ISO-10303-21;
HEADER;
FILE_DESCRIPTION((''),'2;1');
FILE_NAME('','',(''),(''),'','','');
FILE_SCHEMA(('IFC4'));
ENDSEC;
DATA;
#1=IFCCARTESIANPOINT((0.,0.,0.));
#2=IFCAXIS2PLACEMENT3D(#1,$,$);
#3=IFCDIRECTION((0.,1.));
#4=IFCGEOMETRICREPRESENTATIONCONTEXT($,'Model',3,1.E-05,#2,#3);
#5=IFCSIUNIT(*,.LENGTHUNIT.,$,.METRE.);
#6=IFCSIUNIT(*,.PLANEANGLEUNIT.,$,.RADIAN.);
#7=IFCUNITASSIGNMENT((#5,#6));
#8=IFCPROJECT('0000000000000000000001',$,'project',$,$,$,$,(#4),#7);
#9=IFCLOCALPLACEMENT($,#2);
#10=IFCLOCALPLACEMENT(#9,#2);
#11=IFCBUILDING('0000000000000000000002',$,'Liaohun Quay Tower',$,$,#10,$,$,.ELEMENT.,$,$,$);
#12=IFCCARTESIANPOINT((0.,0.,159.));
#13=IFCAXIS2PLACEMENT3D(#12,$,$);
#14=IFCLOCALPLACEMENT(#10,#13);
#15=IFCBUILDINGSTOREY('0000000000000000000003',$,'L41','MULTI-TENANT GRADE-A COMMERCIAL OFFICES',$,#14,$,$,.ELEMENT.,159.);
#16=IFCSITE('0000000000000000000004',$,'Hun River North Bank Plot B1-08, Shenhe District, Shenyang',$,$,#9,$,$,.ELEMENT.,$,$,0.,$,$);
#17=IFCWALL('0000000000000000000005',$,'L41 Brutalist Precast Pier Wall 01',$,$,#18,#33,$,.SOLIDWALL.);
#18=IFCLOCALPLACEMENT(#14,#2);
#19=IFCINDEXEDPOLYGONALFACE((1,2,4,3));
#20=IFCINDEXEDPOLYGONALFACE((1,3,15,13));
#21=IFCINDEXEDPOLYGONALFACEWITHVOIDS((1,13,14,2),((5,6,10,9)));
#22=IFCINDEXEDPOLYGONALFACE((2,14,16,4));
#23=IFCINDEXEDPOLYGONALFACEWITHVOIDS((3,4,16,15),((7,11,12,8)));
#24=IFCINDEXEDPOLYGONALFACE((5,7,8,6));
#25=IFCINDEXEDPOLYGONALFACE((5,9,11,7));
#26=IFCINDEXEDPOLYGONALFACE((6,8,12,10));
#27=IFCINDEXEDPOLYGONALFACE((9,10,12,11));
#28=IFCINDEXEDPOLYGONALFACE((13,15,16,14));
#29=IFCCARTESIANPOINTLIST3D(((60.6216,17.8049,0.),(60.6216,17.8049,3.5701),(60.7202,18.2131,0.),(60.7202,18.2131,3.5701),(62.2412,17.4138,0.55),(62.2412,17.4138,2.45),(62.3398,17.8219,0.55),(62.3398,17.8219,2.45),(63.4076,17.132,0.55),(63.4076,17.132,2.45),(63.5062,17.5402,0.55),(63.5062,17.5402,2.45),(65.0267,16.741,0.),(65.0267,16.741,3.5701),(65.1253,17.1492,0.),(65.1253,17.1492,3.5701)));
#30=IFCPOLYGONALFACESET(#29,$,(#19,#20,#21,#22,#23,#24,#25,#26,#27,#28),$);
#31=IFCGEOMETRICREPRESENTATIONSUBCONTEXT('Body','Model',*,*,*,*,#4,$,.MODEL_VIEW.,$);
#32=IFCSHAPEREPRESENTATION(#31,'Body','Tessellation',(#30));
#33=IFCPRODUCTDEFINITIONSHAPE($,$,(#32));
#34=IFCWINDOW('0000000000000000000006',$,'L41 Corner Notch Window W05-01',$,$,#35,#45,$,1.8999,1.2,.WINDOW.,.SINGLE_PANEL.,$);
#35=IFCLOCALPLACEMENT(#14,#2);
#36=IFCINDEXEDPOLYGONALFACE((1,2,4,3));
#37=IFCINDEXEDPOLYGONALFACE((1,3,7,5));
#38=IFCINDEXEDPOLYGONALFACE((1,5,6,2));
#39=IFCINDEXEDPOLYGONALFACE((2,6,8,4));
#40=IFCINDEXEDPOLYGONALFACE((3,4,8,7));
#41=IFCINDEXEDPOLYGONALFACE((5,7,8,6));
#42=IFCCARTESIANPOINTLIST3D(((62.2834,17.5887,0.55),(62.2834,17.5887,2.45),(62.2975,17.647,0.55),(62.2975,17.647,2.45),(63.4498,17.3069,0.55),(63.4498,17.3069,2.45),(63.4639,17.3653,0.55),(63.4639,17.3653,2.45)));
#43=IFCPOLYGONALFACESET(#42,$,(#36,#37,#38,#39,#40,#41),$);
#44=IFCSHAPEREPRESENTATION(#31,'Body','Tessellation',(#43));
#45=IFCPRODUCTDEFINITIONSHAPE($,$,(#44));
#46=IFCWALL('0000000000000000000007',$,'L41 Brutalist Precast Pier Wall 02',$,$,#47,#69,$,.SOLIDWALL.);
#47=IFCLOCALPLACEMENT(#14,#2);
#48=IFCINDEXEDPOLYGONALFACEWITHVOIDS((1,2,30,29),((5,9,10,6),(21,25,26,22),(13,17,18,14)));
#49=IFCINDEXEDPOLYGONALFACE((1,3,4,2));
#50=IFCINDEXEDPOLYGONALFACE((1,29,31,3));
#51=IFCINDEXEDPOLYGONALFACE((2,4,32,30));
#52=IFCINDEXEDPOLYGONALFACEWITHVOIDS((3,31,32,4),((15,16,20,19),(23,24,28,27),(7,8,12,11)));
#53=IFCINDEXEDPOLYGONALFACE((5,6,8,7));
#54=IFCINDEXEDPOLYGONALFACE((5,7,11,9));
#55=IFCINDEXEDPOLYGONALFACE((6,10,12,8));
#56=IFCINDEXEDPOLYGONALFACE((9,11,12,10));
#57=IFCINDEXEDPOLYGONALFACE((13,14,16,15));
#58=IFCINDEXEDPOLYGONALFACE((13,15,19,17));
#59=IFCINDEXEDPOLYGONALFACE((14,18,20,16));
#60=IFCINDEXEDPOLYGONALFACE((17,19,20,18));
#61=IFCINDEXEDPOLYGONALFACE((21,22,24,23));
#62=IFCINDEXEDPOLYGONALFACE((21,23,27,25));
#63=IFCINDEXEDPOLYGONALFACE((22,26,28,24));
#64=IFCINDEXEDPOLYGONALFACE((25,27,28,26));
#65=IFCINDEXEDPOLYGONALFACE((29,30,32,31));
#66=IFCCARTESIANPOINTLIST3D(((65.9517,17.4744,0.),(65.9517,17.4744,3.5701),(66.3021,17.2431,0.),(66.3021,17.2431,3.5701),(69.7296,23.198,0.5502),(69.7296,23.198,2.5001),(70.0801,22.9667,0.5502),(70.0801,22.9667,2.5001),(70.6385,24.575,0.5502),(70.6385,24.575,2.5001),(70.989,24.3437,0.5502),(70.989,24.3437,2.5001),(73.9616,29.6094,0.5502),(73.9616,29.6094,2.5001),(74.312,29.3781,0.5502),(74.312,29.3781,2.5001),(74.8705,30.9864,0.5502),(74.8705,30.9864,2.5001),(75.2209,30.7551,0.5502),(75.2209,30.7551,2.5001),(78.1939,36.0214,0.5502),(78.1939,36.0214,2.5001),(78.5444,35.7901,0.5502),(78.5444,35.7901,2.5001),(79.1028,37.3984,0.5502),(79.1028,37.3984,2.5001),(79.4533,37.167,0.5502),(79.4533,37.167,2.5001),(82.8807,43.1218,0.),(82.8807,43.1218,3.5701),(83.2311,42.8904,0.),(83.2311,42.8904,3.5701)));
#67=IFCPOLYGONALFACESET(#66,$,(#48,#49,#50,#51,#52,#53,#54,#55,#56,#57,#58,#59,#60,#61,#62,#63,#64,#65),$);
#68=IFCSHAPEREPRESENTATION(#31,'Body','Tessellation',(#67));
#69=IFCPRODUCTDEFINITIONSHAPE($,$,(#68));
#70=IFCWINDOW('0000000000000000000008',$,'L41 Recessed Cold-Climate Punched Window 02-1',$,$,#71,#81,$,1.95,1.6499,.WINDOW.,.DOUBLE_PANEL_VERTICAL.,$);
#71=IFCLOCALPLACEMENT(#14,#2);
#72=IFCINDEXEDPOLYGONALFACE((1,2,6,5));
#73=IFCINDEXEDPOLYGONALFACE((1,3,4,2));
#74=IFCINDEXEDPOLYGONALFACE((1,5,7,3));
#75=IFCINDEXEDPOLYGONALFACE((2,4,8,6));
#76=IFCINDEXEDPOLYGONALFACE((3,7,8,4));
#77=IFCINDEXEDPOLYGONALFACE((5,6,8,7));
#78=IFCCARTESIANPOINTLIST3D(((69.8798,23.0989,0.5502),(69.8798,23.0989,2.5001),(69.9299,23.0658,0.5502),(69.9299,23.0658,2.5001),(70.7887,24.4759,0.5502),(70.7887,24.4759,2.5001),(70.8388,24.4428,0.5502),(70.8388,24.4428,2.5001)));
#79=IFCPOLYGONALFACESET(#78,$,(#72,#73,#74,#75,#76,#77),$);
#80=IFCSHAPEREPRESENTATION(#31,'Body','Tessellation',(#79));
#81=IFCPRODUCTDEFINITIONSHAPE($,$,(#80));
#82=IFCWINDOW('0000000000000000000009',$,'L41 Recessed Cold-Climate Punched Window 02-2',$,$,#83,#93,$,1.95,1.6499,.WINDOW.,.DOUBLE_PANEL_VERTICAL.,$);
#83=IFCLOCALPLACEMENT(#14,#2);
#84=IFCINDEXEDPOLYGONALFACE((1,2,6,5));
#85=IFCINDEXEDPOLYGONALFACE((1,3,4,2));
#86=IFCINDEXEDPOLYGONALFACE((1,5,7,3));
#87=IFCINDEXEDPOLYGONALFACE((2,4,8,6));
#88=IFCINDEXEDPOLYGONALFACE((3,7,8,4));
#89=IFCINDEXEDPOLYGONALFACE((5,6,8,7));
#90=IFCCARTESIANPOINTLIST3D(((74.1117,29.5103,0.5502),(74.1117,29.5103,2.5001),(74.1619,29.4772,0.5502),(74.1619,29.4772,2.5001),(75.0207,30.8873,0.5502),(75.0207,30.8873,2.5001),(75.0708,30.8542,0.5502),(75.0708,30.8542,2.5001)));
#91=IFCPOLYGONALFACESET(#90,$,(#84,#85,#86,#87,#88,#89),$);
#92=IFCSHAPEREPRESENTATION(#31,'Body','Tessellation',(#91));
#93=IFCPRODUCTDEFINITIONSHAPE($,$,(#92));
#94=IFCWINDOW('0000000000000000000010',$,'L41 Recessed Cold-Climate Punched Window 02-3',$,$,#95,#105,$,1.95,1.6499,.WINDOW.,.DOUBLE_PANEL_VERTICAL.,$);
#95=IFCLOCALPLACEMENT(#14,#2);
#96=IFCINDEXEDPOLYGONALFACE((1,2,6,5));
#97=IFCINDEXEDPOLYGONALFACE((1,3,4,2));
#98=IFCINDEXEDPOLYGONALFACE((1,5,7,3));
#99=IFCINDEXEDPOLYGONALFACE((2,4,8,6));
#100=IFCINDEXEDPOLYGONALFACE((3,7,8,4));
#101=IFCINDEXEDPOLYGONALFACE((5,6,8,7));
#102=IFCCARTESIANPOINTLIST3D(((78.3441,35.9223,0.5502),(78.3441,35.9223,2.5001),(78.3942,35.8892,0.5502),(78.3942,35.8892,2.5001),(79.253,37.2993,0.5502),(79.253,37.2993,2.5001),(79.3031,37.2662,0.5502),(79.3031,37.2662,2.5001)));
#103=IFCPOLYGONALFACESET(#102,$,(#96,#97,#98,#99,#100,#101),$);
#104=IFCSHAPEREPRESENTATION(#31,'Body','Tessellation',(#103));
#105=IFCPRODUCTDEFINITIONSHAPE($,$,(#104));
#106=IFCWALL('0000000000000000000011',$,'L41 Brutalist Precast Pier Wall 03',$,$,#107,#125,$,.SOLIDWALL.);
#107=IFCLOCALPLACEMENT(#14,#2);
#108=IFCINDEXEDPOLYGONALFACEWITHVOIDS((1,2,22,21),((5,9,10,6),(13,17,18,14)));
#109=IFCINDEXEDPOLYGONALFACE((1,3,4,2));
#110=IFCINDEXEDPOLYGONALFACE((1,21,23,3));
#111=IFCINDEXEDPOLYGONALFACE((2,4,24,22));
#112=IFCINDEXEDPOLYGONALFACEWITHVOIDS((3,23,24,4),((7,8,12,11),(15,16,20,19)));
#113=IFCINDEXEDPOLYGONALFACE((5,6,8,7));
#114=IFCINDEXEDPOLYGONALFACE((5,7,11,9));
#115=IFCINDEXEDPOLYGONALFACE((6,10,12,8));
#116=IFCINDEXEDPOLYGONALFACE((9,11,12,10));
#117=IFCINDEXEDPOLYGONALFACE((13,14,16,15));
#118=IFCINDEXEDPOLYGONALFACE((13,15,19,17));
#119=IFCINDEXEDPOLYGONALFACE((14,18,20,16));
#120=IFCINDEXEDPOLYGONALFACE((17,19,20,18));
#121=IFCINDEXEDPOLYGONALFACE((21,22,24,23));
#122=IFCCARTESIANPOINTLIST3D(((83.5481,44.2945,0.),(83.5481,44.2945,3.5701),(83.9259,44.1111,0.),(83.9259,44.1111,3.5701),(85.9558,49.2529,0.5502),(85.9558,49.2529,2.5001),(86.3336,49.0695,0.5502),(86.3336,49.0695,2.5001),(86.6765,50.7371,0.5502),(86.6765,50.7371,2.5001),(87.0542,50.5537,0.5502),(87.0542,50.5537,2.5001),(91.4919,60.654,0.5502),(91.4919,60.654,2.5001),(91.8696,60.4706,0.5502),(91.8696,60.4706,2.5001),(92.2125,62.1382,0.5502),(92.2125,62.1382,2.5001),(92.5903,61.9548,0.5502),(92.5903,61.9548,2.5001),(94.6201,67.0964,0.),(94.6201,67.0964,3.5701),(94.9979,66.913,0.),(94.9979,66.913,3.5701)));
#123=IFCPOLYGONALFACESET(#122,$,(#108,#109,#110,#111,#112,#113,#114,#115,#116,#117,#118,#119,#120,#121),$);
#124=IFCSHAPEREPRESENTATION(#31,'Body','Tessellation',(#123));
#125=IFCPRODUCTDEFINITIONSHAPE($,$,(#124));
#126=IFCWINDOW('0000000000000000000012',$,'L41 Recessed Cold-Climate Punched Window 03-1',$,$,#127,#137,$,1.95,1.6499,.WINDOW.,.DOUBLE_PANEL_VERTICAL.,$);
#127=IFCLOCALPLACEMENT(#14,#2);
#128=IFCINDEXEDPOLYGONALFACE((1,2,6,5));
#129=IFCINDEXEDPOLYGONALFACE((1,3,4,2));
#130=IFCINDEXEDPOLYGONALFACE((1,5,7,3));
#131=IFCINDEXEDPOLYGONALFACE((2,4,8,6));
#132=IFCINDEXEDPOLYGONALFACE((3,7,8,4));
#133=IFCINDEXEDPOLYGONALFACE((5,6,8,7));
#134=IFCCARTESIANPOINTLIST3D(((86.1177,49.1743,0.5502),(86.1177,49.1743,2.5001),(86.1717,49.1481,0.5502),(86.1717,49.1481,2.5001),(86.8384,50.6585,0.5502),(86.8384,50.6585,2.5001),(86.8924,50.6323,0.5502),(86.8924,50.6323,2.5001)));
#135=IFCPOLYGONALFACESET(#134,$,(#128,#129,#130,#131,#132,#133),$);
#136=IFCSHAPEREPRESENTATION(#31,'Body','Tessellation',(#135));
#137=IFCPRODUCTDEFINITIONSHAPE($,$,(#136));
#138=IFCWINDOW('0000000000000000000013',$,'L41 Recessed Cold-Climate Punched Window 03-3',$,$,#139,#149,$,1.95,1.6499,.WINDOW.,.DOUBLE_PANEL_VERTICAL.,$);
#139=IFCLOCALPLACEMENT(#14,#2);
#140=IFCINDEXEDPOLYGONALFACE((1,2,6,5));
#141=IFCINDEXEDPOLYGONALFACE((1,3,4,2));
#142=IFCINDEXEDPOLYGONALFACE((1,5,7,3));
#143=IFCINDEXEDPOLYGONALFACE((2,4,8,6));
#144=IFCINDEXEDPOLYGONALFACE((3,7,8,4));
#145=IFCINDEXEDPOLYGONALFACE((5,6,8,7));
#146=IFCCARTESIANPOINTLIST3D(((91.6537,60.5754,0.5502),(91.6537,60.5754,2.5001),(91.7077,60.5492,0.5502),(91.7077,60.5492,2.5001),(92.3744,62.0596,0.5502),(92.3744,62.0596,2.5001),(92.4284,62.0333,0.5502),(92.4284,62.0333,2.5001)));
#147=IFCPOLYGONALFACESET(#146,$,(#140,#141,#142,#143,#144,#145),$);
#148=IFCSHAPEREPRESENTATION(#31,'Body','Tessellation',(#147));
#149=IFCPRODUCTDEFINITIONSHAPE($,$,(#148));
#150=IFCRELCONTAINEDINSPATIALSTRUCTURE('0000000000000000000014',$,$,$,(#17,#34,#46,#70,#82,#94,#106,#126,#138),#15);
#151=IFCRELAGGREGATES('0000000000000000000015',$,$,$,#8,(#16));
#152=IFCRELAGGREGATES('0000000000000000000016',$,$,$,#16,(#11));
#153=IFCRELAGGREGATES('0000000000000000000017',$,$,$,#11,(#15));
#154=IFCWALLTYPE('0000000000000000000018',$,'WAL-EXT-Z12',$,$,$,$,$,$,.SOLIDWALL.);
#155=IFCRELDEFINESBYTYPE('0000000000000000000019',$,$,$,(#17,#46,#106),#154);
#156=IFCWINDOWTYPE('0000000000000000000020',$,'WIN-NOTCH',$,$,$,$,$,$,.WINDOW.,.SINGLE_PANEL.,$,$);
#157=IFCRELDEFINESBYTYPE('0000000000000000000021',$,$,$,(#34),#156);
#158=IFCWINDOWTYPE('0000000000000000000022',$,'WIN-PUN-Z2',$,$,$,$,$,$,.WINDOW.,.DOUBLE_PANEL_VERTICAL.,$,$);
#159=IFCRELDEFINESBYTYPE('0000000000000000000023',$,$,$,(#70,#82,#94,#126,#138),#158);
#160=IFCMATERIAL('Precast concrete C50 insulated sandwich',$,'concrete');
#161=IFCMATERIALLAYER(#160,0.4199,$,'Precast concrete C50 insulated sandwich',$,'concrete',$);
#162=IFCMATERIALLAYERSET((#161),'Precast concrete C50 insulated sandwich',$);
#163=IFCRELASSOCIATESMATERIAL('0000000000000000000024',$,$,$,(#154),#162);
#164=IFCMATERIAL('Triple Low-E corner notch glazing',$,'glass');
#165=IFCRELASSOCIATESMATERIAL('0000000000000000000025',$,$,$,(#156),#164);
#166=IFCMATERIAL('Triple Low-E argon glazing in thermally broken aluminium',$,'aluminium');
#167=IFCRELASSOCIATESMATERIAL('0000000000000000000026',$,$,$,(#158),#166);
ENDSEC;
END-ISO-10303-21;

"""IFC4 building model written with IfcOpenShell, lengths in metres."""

from ifc_helpers import new_model, si_unit, direction, frame, frame_2d, origin, place, context, subcontext, project, spatial, rectangle, extrude, source, transform, mapped, material, layer, layer_set, type_object, element, fill, save


model = new_model("IFC4")

# Units and contexts
model_context = context("Model", 3, precision=1e-05, world=origin(), true_north=direction((0.0, 1.0)))
body_context = subcontext(model_context, "Body", "Model", "MODEL_VIEW")
ifc_project = project(units=[si_unit("LENGTHUNIT", "METRE"), si_unit("PLANEANGLEUNIT", "RADIAN")], contexts=[model_context])

# Site, building, storey
site_placement = place(None, origin())
site = spatial("IfcSite", under=ifc_project, at=site_placement, Name="Hun River North Bank Plot B1-08, Shenhe District, Shenyang", CompositionType="ELEMENT", RefElevation=0.0)
building_placement = place(site_placement, origin())
building = spatial("IfcBuilding", under=site, at=building_placement, Name="Liaohun Quay Tower", CompositionType="ELEMENT")
storey_placement = place(building_placement, frame((0.0, 0.0, 159.0)))
storey = spatial("IfcBuildingStorey", under=building, at=storey_placement, Name="L41", Description="MULTI-TENANT GRADE-A COMMERCIAL OFFICES", CompositionType="ELEMENT", Elevation=159.0)

# Wall, opening, window
ifc_material_1 = material(Name="Precast concrete C50 insulated sandwich", Category="concrete")
ifc_layer_1 = layer(ifc_material_1, 0.4199, Name="Precast concrete C50 insulated sandwich", Category="concrete")
ifc_layer_set_1 = layer_set([ifc_layer_1], Name="Precast concrete C50 insulated sandwich")
wall_type_1 = type_object("IfcWallType", Name="WAL-EXT-Z12", PredefinedType="SOLIDWALL", material=ifc_layer_set_1)
wall_1_placement = place(storey_placement, frame((60.6709, 18.009, 0.0), z_axis=(0.0, 0.0, 1.0), x_axis=(0.972048, -0.234783, 0.0)))
wall_1 = element("IfcWall", 1, at=wall_1_placement, inside=storey, type_object=wall_type_1, Name="L41 Brutalist Precast Pier Wall 01", PredefinedType="SOLIDWALL", context=body_context, shape_type="SweptSolid", body=[
    extrude(rectangle(XDim=4.5317, YDim=0.4199, at=frame_2d((2.2659, 0.0))), origin(), (0.0, 0.0, 1.0), 3.5701),
])
shared_shape_1 = source(origin(), body_context, "Body", "SweptSolid", [
    extrude(rectangle(XDim=1.2, YDim=1.8999, at=frame_2d((0.6001, 0.95))), frame((0.0, 0.22, 0.0), z_axis=(0.0, -1.0, 0.0), x_axis=(1.0, 0.0, 0.0)), (0.0, 0.0, 1.0), 0.4399),
])
opening_1_placement = place(wall_1_placement, frame((1.666, 0.0, 0.55)))
opening_1 = element("IfcOpeningElement", 2, at=opening_1_placement, cuts=wall_1, PredefinedType="OPENING", context=body_context, shape_type="MappedRepresentation", body=[
    mapped(shared_shape_1, transform((0.0, 0.0, 0.0), x_axis=(1.0, 0.0, 0.0), y_axis=(0.0, 1.0, 0.0), z_axis=(0.0, 0.0, 1.0), scale=1.0)),
])
ifc_material_2 = material(Name="Triple Low-E corner notch glazing", Category="glass")
window_type_1 = type_object("IfcWindowType", Name="WIN-NOTCH", PartitioningType="SINGLE_PANEL", PredefinedType="WINDOW", material=ifc_material_2)
shared_shape_2 = source(origin(), body_context, "Body", "SweptSolid", [
    extrude(rectangle(XDim=1.2, YDim=1.8999, at=frame_2d((0.6001, 0.95))), frame((0.0, 0.03, 0.0), z_axis=(0.0, -1.0, 0.0), x_axis=(1.0, 0.0, 0.0)), (0.0, 0.0, 1.0), 0.0601),
])
window_1_placement = place(opening_1_placement, origin())
window_1 = element("IfcWindow", 3, at=window_1_placement, inside=storey, type_object=window_type_1, Name="L41 Corner Notch Window W05-01", OverallHeight=1.8999, OverallWidth=1.2, PartitioningType="SINGLE_PANEL", PredefinedType="WINDOW", context=body_context, shape_type="MappedRepresentation", body=[
    mapped(shared_shape_2, transform((0.0, 0.0, 0.0), x_axis=(1.0, 0.0, 0.0), y_axis=(0.0, 1.0, 0.0), z_axis=(0.0, 0.0, 1.0), scale=1.0)),
])
fill(opening_1, window_1)

# Walls, openings, windows
wall_2_placement = place(storey_placement, frame((66.127, 17.3589, 0.0), z_axis=(0.0, 0.0, 1.0), x_axis=(0.550883, 0.834583, 0.0)))
wall_2 = element("IfcWall", 4, at=wall_2_placement, inside=storey, type_object=wall_type_1, Name="L41 Brutalist Precast Pier Wall 02", PredefinedType="SOLIDWALL", context=body_context, shape_type="SweptSolid", body=[
    extrude(rectangle(XDim=30.7307, YDim=0.4199, at=frame_2d((15.3652, 0.0))), origin(), (0.0, 0.0, 1.0), 3.5701),
])
shared_shape_3 = source(origin(), body_context, "Body", "SweptSolid", [
    extrude(rectangle(XDim=1.6499, YDim=1.95, at=frame_2d((0.825, 0.9751))), frame((0.0, 0.22, 0.0), z_axis=(0.0, -1.0, 0.0), x_axis=(1.0, 0.0, 0.0)), (0.0, 0.0, 1.0), 0.4399),
])
opening_2_placement = place(wall_2_placement, frame((6.8579, 0.0, 0.55)))
opening_2 = element("IfcOpeningElement", 5, at=opening_2_placement, cuts=wall_2, PredefinedType="OPENING", context=body_context, shape_type="MappedRepresentation", body=[
    mapped(shared_shape_3, transform((0.0, 0.0, 0.0), x_axis=(1.0, 0.0, 0.0), y_axis=(0.0, 1.0, 0.0), z_axis=(0.0, 0.0, 1.0), scale=1.0)),
])
opening_3_placement = place(wall_2_placement, frame((14.54, 0.0, 0.55)))
opening_3 = element("IfcOpeningElement", 6, at=opening_3_placement, cuts=wall_2, PredefinedType="OPENING", context=body_context, shape_type="MappedRepresentation", body=[
    mapped(shared_shape_3, transform((0.0, 0.0, 0.0), x_axis=(1.0, 0.0, 0.0), y_axis=(0.0, 1.0, 0.0), z_axis=(0.0, 0.0, 1.0), scale=1.0)),
])
opening_4_placement = place(wall_2_placement, frame((22.2229, 0.0, 0.55)))
opening_4 = element("IfcOpeningElement", 7, at=opening_4_placement, cuts=wall_2, PredefinedType="OPENING", context=body_context, shape_type="MappedRepresentation", body=[
    mapped(shared_shape_3, transform((0.0, 0.0, 0.0), x_axis=(1.0, 0.0, 0.0), y_axis=(0.0, 1.0, 0.0), z_axis=(0.0, 0.0, 1.0), scale=1.0)),
])
ifc_material_3 = material(Name="Triple Low-E argon glazing in thermally broken aluminium", Category="aluminium")
window_type_2 = type_object("IfcWindowType", Name="WIN-PUN-Z2", PartitioningType="DOUBLE_PANEL_VERTICAL", PredefinedType="WINDOW", material=ifc_material_3)
shared_shape_4 = source(origin(), body_context, "Body", "SweptSolid", [
    extrude(rectangle(XDim=1.6499, YDim=1.95, at=frame_2d((0.825, 0.9751))), frame((0.0, 0.03, 0.0), z_axis=(0.0, -1.0, 0.0), x_axis=(1.0, 0.0, 0.0)), (0.0, 0.0, 1.0), 0.0601),
])
window_2_placement = place(opening_2_placement, origin())
window_2 = element("IfcWindow", 8, at=window_2_placement, inside=storey, type_object=window_type_2, Name="L41 Recessed Cold-Climate Punched Window 02-1", OverallHeight=1.95, OverallWidth=1.6499, PartitioningType="DOUBLE_PANEL_VERTICAL", PredefinedType="WINDOW", context=body_context, shape_type="MappedRepresentation", body=[
    mapped(shared_shape_4, transform((0.0, 0.0, 0.0), x_axis=(1.0, 0.0, 0.0), y_axis=(0.0, 1.0, 0.0), z_axis=(0.0, 0.0, 1.0), scale=1.0)),
])
fill(opening_2, window_2)
window_3_placement = place(opening_3_placement, origin())
window_3 = element("IfcWindow", 9, at=window_3_placement, inside=storey, type_object=window_type_2, Name="L41 Recessed Cold-Climate Punched Window 02-2", OverallHeight=1.95, OverallWidth=1.6499, PartitioningType="DOUBLE_PANEL_VERTICAL", PredefinedType="WINDOW", context=body_context, shape_type="MappedRepresentation", body=[
    mapped(shared_shape_4, transform((0.0, 0.0, 0.0), x_axis=(1.0, 0.0, 0.0), y_axis=(0.0, 1.0, 0.0), z_axis=(0.0, 0.0, 1.0), scale=1.0)),
])
fill(opening_3, window_3)
window_4_placement = place(opening_4_placement, origin())
window_4 = element("IfcWindow", 10, at=window_4_placement, inside=storey, type_object=window_type_2, Name="L41 Recessed Cold-Climate Punched Window 02-3", OverallHeight=1.95, OverallWidth=1.6499, PartitioningType="DOUBLE_PANEL_VERTICAL", PredefinedType="WINDOW", context=body_context, shape_type="MappedRepresentation", body=[
    mapped(shared_shape_4, transform((0.0, 0.0, 0.0), x_axis=(1.0, 0.0, 0.0), y_axis=(0.0, 1.0, 0.0), z_axis=(0.0, 0.0, 1.0), scale=1.0)),
])
fill(opening_4, window_4)
wall_3_placement = place(storey_placement, frame((83.7371, 44.2029, 0.0), z_axis=(0.0, 0.0, 1.0), x_axis=(0.436801, 0.899558, 0.0)))
wall_3 = element("IfcWall", 11, at=wall_3_placement, inside=storey, type_object=wall_type_1, Name="L41 Brutalist Precast Pier Wall 03", PredefinedType="SOLIDWALL", context=body_context, shape_type="SweptSolid", body=[
    extrude(rectangle(XDim=25.3479, YDim=0.4199, at=frame_2d((12.6738, 0.0))), origin(), (0.0, 0.0, 1.0), 3.5701),
])
opening_5_placement = place(wall_3_placement, frame((5.512, 0.0, 0.55)))
opening_5 = element("IfcOpeningElement", 12, at=opening_5_placement, cuts=wall_3, PredefinedType="OPENING", context=body_context, shape_type="MappedRepresentation", body=[
    mapped(shared_shape_3, transform((0.0, 0.0, 0.0), x_axis=(1.0, 0.0, 0.0), y_axis=(0.0, 1.0, 0.0), z_axis=(0.0, 0.0, 1.0), scale=1.0)),
])
opening_6_placement = place(wall_3_placement, frame((18.186, 0.0, 0.55)))
opening_6 = element("IfcOpeningElement", 13, at=opening_6_placement, cuts=wall_3, PredefinedType="OPENING", context=body_context, shape_type="MappedRepresentation", body=[
    mapped(shared_shape_3, transform((0.0, 0.0, 0.0), x_axis=(1.0, 0.0, 0.0), y_axis=(0.0, 1.0, 0.0), z_axis=(0.0, 0.0, 1.0), scale=1.0)),
])
window_5_placement = place(opening_5_placement, origin())
window_5 = element("IfcWindow", 14, at=window_5_placement, inside=storey, type_object=window_type_2, Name="L41 Recessed Cold-Climate Punched Window 03-1", OverallHeight=1.95, OverallWidth=1.6499, PartitioningType="DOUBLE_PANEL_VERTICAL", PredefinedType="WINDOW", context=body_context, shape_type="MappedRepresentation", body=[
    mapped(shared_shape_4, transform((0.0, 0.0, 0.0), x_axis=(1.0, 0.0, 0.0), y_axis=(0.0, 1.0, 0.0), z_axis=(0.0, 0.0, 1.0), scale=1.0)),
])
fill(opening_5, window_5)
window_6_placement = place(opening_6_placement, origin())
window_6 = element("IfcWindow", 15, at=window_6_placement, inside=storey, type_object=window_type_2, Name="L41 Recessed Cold-Climate Punched Window 03-3", OverallHeight=1.95, OverallWidth=1.6499, PartitioningType="DOUBLE_PANEL_VERTICAL", PredefinedType="WINDOW", context=body_context, shape_type="MappedRepresentation", body=[
    mapped(shared_shape_4, transform((0.0, 0.0, 0.0), x_axis=(1.0, 0.0, 0.0), y_axis=(0.0, 1.0, 0.0), z_axis=(0.0, 0.0, 1.0), scale=1.0)),
])
fill(opening_6, window_6)

save(model, "model.ifc")
